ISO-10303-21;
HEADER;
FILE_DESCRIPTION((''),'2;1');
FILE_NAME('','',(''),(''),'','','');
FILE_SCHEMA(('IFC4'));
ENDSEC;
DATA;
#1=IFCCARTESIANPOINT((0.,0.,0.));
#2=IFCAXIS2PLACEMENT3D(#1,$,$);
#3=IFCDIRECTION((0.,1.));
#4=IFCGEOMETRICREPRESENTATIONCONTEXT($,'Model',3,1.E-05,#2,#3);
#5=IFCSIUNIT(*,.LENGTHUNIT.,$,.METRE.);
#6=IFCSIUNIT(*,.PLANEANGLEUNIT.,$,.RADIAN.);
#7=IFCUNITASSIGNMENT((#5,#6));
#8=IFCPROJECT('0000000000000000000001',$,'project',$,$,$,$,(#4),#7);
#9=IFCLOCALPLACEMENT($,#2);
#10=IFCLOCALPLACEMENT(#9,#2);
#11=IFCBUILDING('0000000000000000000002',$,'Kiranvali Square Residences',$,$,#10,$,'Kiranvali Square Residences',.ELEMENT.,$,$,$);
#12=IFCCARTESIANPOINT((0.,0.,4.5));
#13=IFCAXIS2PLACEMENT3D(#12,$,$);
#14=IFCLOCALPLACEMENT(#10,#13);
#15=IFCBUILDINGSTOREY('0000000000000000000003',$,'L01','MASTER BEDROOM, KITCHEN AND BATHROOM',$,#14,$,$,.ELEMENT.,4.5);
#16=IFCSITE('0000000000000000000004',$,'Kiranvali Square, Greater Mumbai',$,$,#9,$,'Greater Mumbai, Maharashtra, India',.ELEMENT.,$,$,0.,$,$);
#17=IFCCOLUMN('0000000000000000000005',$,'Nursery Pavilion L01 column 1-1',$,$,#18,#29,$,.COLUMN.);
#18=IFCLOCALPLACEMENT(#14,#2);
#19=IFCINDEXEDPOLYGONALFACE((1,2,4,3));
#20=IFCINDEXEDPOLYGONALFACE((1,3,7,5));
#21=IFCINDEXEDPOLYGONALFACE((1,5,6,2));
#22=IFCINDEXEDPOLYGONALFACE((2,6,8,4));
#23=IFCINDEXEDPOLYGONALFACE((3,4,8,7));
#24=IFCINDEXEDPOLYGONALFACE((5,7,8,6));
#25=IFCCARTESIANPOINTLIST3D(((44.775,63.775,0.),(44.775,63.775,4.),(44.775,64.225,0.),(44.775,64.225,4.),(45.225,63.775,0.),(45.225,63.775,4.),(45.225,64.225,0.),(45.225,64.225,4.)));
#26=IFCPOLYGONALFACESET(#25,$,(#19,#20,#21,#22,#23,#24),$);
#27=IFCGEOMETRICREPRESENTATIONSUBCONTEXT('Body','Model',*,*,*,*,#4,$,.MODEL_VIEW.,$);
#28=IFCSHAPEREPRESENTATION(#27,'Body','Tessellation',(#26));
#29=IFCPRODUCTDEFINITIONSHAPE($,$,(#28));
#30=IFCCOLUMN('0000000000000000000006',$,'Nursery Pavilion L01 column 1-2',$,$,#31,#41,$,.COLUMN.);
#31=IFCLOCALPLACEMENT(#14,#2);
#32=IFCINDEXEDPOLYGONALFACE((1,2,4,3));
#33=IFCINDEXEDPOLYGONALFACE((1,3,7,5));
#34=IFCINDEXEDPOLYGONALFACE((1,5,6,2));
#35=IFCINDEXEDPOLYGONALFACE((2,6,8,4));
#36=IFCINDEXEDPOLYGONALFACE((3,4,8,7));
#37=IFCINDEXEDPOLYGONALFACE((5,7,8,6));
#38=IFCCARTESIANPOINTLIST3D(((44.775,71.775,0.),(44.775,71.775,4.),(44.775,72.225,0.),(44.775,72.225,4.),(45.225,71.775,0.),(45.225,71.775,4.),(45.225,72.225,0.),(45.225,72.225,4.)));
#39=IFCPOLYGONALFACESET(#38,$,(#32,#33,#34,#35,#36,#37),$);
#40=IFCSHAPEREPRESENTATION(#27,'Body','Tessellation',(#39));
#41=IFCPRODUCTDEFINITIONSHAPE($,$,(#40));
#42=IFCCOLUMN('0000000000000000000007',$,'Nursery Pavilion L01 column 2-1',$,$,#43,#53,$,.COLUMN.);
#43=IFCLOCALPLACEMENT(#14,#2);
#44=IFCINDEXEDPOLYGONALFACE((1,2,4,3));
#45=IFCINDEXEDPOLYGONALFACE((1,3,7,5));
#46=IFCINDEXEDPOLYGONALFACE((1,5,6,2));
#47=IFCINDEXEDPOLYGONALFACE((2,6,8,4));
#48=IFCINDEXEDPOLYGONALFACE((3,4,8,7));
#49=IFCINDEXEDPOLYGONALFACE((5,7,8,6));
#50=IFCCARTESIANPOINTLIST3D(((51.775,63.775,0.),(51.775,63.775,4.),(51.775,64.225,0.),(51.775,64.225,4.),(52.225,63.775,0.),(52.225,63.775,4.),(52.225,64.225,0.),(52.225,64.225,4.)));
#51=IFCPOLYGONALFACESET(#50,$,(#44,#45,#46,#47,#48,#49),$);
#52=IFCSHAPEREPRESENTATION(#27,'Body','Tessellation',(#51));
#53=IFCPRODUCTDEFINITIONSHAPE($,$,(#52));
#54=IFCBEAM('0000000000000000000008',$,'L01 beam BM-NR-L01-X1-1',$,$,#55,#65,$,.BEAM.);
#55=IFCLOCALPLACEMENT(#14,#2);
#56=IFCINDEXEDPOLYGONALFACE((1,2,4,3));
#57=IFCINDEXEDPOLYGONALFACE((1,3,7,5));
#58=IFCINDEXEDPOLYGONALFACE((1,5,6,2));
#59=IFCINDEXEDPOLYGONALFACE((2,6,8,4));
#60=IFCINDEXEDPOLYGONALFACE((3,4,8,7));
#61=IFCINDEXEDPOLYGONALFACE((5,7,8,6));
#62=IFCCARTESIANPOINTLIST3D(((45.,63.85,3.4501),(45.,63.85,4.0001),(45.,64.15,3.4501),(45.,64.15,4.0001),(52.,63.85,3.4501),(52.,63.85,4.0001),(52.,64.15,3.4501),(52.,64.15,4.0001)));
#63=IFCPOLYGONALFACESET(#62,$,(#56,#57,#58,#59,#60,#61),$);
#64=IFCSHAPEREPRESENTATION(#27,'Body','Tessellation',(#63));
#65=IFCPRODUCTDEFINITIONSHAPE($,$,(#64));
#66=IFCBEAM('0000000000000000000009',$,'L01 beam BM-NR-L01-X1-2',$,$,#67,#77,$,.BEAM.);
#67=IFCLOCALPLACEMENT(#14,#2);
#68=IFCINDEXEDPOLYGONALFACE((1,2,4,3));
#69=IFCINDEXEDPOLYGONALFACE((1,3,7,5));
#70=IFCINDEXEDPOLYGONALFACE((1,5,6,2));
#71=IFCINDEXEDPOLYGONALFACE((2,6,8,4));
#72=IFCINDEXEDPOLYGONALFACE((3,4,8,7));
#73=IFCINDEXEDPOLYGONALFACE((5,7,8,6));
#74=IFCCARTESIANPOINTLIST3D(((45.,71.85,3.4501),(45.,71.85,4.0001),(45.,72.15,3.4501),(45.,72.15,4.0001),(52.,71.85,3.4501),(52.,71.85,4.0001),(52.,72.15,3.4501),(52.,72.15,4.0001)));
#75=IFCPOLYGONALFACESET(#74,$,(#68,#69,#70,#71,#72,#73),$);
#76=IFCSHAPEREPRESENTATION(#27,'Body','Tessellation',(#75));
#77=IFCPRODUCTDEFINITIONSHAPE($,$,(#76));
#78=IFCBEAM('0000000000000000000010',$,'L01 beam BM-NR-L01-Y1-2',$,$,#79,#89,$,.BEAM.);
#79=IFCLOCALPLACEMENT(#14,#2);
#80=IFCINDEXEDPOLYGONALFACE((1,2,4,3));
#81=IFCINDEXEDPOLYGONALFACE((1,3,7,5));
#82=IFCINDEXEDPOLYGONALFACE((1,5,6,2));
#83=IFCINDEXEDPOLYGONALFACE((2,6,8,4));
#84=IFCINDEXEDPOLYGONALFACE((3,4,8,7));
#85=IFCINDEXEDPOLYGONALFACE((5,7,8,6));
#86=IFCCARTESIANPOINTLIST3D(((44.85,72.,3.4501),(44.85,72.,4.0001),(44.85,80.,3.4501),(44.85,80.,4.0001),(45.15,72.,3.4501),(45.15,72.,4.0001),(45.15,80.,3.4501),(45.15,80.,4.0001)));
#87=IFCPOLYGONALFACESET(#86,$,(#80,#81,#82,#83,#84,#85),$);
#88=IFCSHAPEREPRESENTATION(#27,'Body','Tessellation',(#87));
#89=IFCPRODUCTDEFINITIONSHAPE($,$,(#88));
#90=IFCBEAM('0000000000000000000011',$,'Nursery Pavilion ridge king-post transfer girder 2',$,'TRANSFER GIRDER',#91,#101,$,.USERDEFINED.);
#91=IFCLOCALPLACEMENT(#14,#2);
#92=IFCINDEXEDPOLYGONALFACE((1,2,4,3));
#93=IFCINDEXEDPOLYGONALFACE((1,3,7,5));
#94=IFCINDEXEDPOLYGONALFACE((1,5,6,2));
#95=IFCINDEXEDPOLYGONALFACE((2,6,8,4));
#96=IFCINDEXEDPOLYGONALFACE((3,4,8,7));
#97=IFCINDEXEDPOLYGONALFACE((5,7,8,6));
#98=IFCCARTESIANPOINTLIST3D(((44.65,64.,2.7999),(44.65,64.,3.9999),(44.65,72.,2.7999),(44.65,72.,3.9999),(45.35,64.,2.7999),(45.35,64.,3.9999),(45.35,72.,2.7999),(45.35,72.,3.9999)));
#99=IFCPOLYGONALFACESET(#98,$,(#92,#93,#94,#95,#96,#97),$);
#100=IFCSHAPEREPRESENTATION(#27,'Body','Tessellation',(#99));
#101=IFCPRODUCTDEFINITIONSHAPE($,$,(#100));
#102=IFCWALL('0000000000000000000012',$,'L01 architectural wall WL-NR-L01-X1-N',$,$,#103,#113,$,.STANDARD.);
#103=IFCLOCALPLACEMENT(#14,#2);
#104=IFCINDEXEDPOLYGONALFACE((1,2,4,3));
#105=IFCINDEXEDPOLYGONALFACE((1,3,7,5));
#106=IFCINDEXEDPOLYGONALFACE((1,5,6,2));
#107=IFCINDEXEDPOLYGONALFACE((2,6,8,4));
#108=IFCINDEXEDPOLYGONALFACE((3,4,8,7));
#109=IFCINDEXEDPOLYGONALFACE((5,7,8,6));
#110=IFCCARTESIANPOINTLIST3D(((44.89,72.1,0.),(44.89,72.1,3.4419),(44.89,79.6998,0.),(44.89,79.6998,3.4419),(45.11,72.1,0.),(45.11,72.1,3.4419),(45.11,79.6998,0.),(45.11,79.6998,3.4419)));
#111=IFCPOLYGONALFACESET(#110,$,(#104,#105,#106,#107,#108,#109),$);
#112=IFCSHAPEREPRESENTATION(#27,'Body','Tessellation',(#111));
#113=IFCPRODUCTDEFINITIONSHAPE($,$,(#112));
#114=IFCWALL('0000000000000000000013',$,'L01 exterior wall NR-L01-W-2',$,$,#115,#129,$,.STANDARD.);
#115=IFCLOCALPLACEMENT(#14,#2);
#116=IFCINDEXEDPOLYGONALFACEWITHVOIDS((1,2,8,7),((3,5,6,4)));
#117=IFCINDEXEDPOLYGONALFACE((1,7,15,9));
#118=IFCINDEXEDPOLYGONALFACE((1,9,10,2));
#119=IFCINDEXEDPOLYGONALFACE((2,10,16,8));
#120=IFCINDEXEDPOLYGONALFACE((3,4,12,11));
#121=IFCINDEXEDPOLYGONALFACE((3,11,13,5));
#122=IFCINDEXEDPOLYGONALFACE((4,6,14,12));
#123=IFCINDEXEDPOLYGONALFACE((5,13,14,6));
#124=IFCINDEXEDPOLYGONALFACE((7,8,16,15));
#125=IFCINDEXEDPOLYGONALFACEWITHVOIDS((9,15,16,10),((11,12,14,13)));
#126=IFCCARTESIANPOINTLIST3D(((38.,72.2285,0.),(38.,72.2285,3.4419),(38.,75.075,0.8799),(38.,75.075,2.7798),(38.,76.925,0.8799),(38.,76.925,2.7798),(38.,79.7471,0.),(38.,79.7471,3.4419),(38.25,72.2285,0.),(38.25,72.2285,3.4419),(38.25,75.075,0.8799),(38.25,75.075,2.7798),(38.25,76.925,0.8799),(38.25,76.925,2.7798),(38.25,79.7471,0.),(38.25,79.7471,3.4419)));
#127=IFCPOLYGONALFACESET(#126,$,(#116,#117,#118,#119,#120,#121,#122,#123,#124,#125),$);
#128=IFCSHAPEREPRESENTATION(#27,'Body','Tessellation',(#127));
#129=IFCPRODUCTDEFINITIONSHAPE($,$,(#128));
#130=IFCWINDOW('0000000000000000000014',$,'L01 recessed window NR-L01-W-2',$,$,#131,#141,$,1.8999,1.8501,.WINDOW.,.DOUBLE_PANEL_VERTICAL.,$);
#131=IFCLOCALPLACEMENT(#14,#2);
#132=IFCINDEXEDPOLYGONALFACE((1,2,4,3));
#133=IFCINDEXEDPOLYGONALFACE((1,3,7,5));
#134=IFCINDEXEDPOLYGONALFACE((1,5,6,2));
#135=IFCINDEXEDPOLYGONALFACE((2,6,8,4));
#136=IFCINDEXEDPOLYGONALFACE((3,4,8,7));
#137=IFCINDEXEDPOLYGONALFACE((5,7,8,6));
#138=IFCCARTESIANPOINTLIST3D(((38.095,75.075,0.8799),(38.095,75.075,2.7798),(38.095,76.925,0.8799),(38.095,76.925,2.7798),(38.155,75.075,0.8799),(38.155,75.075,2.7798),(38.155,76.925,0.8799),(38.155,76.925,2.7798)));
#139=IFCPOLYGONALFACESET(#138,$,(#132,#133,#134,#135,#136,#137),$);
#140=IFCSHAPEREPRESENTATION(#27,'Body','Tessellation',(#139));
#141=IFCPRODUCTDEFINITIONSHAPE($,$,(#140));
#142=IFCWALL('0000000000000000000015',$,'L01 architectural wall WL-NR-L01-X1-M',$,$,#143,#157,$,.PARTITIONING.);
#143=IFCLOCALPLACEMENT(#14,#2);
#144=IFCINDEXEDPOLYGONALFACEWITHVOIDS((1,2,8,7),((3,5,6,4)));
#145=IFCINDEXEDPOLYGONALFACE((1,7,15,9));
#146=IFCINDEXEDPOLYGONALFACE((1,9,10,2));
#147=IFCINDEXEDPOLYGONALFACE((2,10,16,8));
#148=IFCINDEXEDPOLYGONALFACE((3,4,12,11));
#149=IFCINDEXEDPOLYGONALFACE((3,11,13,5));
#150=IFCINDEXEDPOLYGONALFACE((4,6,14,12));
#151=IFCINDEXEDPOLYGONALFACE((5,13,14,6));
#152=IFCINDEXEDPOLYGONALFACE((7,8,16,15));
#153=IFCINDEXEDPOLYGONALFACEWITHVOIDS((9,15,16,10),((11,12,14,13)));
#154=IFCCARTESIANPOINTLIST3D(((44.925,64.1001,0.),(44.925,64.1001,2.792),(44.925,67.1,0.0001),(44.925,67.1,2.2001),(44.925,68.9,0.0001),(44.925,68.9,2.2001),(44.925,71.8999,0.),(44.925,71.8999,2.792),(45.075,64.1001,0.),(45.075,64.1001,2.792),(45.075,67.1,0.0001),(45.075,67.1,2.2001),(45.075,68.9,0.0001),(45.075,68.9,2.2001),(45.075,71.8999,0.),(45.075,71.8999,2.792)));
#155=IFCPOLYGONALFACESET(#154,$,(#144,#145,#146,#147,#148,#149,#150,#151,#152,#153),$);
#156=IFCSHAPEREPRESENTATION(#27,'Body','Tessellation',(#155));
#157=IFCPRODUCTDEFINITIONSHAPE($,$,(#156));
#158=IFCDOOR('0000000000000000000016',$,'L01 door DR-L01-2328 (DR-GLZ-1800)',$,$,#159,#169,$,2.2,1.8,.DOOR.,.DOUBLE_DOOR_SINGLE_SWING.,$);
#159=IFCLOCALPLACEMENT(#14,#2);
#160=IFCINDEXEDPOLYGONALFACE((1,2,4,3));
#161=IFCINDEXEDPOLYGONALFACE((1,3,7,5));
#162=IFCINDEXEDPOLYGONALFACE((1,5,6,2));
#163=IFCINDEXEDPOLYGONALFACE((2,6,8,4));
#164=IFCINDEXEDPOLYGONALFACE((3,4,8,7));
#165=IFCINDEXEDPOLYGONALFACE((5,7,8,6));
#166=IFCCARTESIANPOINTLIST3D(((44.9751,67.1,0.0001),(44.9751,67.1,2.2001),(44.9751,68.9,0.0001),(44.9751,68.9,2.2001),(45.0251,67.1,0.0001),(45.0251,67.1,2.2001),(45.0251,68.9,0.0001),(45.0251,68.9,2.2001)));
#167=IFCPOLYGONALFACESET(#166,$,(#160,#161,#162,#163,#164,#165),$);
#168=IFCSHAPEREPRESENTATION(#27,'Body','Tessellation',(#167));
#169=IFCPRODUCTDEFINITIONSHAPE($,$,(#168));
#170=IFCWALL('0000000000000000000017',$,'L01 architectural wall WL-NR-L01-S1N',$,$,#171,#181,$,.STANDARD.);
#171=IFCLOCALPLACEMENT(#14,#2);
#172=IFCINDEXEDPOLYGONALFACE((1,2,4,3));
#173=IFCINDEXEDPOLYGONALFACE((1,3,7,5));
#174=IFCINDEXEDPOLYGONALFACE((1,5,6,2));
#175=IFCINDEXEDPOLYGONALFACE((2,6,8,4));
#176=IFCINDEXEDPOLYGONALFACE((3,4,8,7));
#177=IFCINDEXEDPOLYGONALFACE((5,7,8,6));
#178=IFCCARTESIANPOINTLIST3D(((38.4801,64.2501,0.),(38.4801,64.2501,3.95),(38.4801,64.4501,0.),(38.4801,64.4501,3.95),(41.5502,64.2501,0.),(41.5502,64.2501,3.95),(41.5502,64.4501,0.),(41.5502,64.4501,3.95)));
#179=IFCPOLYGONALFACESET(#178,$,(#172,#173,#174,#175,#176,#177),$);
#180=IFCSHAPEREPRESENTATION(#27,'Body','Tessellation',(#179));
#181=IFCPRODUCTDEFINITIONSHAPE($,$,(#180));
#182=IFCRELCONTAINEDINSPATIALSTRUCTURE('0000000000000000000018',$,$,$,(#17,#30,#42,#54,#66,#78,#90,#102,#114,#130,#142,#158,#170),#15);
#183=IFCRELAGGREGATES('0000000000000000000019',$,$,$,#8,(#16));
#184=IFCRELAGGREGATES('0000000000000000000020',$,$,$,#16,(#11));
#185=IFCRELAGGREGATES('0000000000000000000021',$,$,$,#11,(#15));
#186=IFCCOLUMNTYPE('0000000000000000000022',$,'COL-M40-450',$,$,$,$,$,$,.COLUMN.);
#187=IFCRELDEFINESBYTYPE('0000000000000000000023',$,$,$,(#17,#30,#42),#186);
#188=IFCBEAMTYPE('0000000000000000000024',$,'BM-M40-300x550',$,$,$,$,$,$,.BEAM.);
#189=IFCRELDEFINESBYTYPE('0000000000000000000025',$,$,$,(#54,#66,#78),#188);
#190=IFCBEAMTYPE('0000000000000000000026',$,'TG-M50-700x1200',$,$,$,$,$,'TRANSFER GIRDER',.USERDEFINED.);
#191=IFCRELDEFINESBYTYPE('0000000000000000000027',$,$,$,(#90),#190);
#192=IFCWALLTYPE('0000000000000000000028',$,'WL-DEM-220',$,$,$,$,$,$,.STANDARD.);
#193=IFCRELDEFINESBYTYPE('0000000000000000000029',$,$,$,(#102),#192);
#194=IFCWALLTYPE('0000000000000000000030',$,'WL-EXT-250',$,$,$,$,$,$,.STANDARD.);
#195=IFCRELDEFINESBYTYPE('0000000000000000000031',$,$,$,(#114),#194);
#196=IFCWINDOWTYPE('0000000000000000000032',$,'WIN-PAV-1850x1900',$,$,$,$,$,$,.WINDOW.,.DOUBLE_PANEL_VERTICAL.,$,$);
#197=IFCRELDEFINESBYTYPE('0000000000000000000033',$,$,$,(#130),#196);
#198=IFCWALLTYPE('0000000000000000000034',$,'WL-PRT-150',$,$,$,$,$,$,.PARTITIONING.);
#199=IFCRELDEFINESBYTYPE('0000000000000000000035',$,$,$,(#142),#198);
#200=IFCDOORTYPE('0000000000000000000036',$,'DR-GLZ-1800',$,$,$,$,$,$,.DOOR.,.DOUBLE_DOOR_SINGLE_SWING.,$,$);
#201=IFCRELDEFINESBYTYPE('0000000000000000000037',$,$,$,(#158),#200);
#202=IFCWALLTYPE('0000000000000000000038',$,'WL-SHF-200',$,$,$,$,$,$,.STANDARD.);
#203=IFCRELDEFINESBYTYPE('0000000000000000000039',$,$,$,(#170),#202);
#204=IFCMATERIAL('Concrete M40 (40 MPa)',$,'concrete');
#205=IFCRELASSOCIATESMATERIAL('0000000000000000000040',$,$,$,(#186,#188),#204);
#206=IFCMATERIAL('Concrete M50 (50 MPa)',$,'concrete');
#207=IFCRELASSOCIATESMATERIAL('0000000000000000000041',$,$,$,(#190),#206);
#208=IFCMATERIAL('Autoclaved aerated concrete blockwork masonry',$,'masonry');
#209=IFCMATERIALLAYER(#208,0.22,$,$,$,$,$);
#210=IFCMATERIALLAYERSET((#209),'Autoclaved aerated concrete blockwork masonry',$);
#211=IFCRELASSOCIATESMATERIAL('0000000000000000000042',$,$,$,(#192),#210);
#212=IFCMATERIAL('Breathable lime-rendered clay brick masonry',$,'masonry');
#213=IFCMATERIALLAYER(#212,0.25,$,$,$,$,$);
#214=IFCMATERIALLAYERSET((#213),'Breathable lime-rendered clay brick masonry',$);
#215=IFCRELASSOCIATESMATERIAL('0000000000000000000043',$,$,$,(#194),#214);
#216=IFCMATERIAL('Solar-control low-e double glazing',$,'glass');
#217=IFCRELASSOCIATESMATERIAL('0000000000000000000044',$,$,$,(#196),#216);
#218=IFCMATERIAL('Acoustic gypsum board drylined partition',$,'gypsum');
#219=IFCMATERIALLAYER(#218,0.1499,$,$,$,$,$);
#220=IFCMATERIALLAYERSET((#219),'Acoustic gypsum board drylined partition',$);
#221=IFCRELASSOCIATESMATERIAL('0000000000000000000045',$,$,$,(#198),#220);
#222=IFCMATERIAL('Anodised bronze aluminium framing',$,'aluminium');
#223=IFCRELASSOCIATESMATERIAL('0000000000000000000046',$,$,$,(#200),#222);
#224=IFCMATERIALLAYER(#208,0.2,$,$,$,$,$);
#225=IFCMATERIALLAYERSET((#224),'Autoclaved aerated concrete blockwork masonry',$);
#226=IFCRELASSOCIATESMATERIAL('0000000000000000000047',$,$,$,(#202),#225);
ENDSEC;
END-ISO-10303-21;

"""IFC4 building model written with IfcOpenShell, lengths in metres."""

from ifc_helpers import new_model, si_unit, direction, frame, frame_2d, origin, origin_2d, place, context, subcontext, project, spatial, rectangle, extrude, material, layer, layer_set, material_profile, profile_set, type_object, element, fill, save


model = new_model("IFC4")

# Units and contexts
model_context = context("Model", 3, precision=1e-05, world=origin(), true_north=direction((0.0, 1.0)))
body_context = subcontext(model_context, "Body", "Model", "MODEL_VIEW")
ifc_project = project(units=[si_unit("LENGTHUNIT", "METRE"), si_unit("PLANEANGLEUNIT", "RADIAN")], contexts=[model_context])

# Site, building, storey
site_placement = place(None, origin())
site = spatial("IfcSite", under=ifc_project, at=site_placement, Name="Kiranvali Square, Greater Mumbai", LongName="Greater Mumbai, Maharashtra, India", CompositionType="ELEMENT", RefElevation=0.0)
building_placement = place(site_placement, origin())
building = spatial("IfcBuilding", under=site, at=building_placement, Name="Kiranvali Square Residences", LongName="Kiranvali Square Residences", CompositionType="ELEMENT")
storey_placement = place(building_placement, frame((0.0, 0.0, 4.5)))
storey = spatial("IfcBuildingStorey", under=building, at=storey_placement, Name="L01", Description="MASTER BEDROOM, KITCHEN AND BATHROOM", CompositionType="ELEMENT", Elevation=4.5)

# Columns
ifc_material_1 = material(Name="Concrete M40 (40 MPa)", Category="concrete")
ifc_material_profile_1 = material_profile(ifc_material_1, rectangle(XDim=0.45, YDim=0.45, at=origin_2d()), Name="RC 450x450")
ifc_profile_set_1 = profile_set([ifc_material_profile_1], Name="Concrete M40 (40 MPa)")
column_type = type_object("IfcColumnType", Name="COL-M40-450", PredefinedType="COLUMN", material=ifc_profile_set_1)
for number, where, z_axis, x_axis, name in (
    (1, (45.0, 64.0, 0.0), (0.0, 0.0, 1.0), (1.0, 0.0, 0.0), "Nursery Pavilion L01 column 1-1"),
    (2, (45.0, 72.0, 0.0), (0.0, 0.0, 1.0), (1.0, 0.0, 0.0), "Nursery Pavilion L01 column 1-2"),
    (3, (52.0, 64.0, 0.0), (0.0, 0.0, 1.0), (1.0, 0.0, 0.0), "Nursery Pavilion L01 column 2-1"),
):
    element("IfcColumn", number, at=place(storey_placement, frame(where, z_axis=z_axis, x_axis=x_axis)), inside=storey, type_object=column_type, Name=name, PredefinedType="COLUMN", context=body_context, shape_type="SweptSolid", body=[
        extrude(rectangle(XDim=0.45, YDim=0.45, at=origin_2d()), origin(), (0.0, 0.0, 1.0), 4.0),
    ])

# Beams
ifc_material_profile_2 = material_profile(ifc_material_1, rectangle(XDim=0.3, YDim=0.55, at=origin_2d()), Name="RC 300x550")
ifc_profile_set_2 = profile_set([ifc_material_profile_2], Name="Concrete M40 (40 MPa)")
beam_type_1 = type_object("IfcBeamType", Name="BM-M40-300x550", PredefinedType="BEAM", material=ifc_profile_set_2)
for number, where, z_axis, x_axis, name in (
    (4, (45.0, 64.0, 3.7251), (1.0, 0.0, 0.0), (0.0, 1.0, 0.0), "L01 beam BM-NR-L01-X1-1"),
    (5, (45.0, 72.0, 3.7251), (1.0, 0.0, 0.0), (0.0, 1.0, 0.0), "L01 beam BM-NR-L01-X1-2"),
):
    element("IfcBeam", number, at=place(storey_placement, frame(where, z_axis=z_axis, x_axis=x_axis)), inside=storey, type_object=beam_type_1, Name=name, PredefinedType="BEAM", context=body_context, shape_type="SweptSolid", body=[
        extrude(rectangle(XDim=0.3, YDim=0.55, at=origin_2d()), origin(), (0.0, 0.0, 1.0), 7.0),
    ])
beam_1_placement = place(storey_placement, frame((45.0, 72.0, 3.7251), z_axis=(0.0, 1.0, 0.0), x_axis=(-1.0, 0.0, 0.0)))
element("IfcBeam", 6, at=beam_1_placement, inside=storey, type_object=beam_type_1, Name="L01 beam BM-NR-L01-Y1-2", PredefinedType="BEAM", context=body_context, shape_type="SweptSolid", body=[
    extrude(rectangle(XDim=0.3, YDim=0.55, at=origin_2d()), origin(), (0.0, 0.0, 1.0), 8.0),
])
ifc_material_2 = material(Name="Concrete M50 (50 MPa)", Category="concrete")
ifc_material_profile_3 = material_profile(ifc_material_2, rectangle(XDim=0.7, YDim=1.2, at=origin_2d()), Name="RC 700x1200")
ifc_profile_set_3 = profile_set([ifc_material_profile_3], Name="Concrete M50 (50 MPa)")
beam_type_2 = type_object("IfcBeamType", Name="TG-M50-700x1200", ElementType="TRANSFER GIRDER", PredefinedType="USERDEFINED", material=ifc_profile_set_3)
beam_2_placement = place(storey_placement, frame((45.0, 64.0, 3.3999), z_axis=(0.0, 1.0, 0.0), x_axis=(-1.0, 0.0, 0.0)))
element("IfcBeam", 7, at=beam_2_placement, inside=storey, type_object=beam_type_2, Name="Nursery Pavilion ridge king-post transfer girder 2", ObjectType="TRANSFER GIRDER", PredefinedType="USERDEFINED", context=body_context, shape_type="SweptSolid", body=[
    extrude(rectangle(XDim=0.7, YDim=1.2, at=origin_2d()), origin(), (0.0, 0.0, 1.0), 8.0),
])

# Shared definitions
ifc_material_3 = material(Name="Autoclaved aerated concrete blockwork masonry", Category="masonry")

# Wall
ifc_layer_1 = layer(ifc_material_3, 0.22)
ifc_layer_set_1 = layer_set([ifc_layer_1], Name="Autoclaved aerated concrete blockwork masonry")
wall_type_1 = type_object("IfcWallType", Name="WL-DEM-220", PredefinedType="STANDARD", material=ifc_layer_set_1)
wall_1_placement = place(storey_placement, frame((45.0, 72.1001, 0.0), z_axis=(0.0, 0.0, 1.0), x_axis=(0.0, 1.0, 0.0)))
element("IfcWall", 8, at=wall_1_placement, inside=storey, type_object=wall_type_1, Name="L01 architectural wall WL-NR-L01-X1-N", PredefinedType="STANDARD", context=body_context, shape_type="SweptSolid", body=[
    extrude(rectangle(XDim=7.5999, YDim=0.22, at=frame_2d((3.7998, 0.0))), origin(), (0.0, 0.0, 1.0), 3.4419),
])

# Wall, opening, window
ifc_material_4 = material(Name="Breathable lime-rendered clay brick masonry", Category="masonry")
ifc_layer_2 = layer(ifc_material_4, 0.25)
ifc_layer_set_2 = layer_set([ifc_layer_2], Name="Breathable lime-rendered clay brick masonry")
wall_type_2 = type_object("IfcWallType", Name="WL-EXT-250", PredefinedType="STANDARD", material=ifc_layer_set_2)
wall_2_placement = place(storey_placement, frame((38.125, 72.2285, 0.0), z_axis=(0.0, 0.0, 1.0), x_axis=(0.0, 1.0, 0.0)))
wall_2 = element("IfcWall", 9, at=wall_2_placement, inside=storey, type_object=wall_type_2, Name="L01 exterior wall NR-L01-W-2", PredefinedType="STANDARD", context=body_context, shape_type="SweptSolid", body=[
    extrude(rectangle(XDim=7.5186, YDim=0.25, at=frame_2d((3.7593, 0.0))), origin(), (0.0, 0.0, 1.0), 3.4419),
])
opening_1_placement = place(wall_2_placement, frame((2.8464, 0.0, 0.8799)))
opening_1 = element("IfcOpeningElement", 10, at=opening_1_placement, cuts=wall_2, PredefinedType="OPENING", context=body_context, shape_type="SweptSolid", body=[
    extrude(rectangle(XDim=1.8501, YDim=1.8999, at=frame_2d((0.925, 0.95))), frame((0.0, 0.135, 0.0), z_axis=(0.0, -1.0, 0.0), x_axis=(1.0, 0.0, 0.0)), (0.0, 0.0, 1.0), 0.27),
])
ifc_material_5 = material(Name="Solar-control low-e double glazing", Category="glass")
window_type = type_object("IfcWindowType", Name="WIN-PAV-1850x1900", PartitioningType="DOUBLE_PANEL_VERTICAL", PredefinedType="WINDOW", material=ifc_material_5)
window_placement = place(opening_1_placement, origin())
window = element("IfcWindow", 11, at=window_placement, inside=storey, type_object=window_type, Name="L01 recessed window NR-L01-W-2", OverallHeight=1.8999, OverallWidth=1.8501, PartitioningType="DOUBLE_PANEL_VERTICAL", PredefinedType="WINDOW", context=body_context, shape_type="SweptSolid", body=[
    extrude(rectangle(XDim=1.8501, YDim=1.8999, at=frame_2d((0.925, 0.95))), frame((0.0, 0.03, 0.0), z_axis=(0.0, -1.0, 0.0), x_axis=(1.0, 0.0, 0.0)), (0.0, 0.0, 1.0), 0.0601),
])
fill(opening_1, window)

# Wall, opening, door
ifc_material_6 = material(Name="Acoustic gypsum board drylined partition", Category="gypsum")
ifc_layer_3 = layer(ifc_material_6, 0.1499)
ifc_layer_set_3 = layer_set([ifc_layer_3], Name="Acoustic gypsum board drylined partition")
wall_type_3 = type_object("IfcWallType", Name="WL-PRT-150", PredefinedType="PARTITIONING", material=ifc_layer_set_3)
wall_3_placement = place(storey_placement, frame((45.0, 64.1001, 0.0), z_axis=(0.0, 0.0, 1.0), x_axis=(0.0, 1.0, 0.0)))
wall_3 = element("IfcWall", 12, at=wall_3_placement, inside=storey, type_object=wall_type_3, Name="L01 architectural wall WL-NR-L01-X1-M", PredefinedType="PARTITIONING", context=body_context, shape_type="SweptSolid", body=[
    extrude(rectangle(XDim=7.7998, YDim=0.1499, at=frame_2d((3.8999, 0.0))), origin(), (0.0, 0.0, 1.0), 2.792),
])
opening_2_placement = place(wall_3_placement, frame((3.0, 0.0, 0.0)))
opening_2 = element("IfcOpeningElement", 13, at=opening_2_placement, cuts=wall_3, PredefinedType="OPENING", context=body_context, shape_type="SweptSolid", body=[
    extrude(rectangle(XDim=1.8, YDim=2.2, at=frame_2d((0.8999, 1.1001))), frame((0.0, 0.085, 0.0), z_axis=(0.0, -1.0, 0.0), x_axis=(1.0, 0.0, 0.0)), (0.0, 0.0, 1.0), 0.1699),
])
ifc_material_7 = material(Name="Anodised bronze aluminium framing", Category="aluminium")
door_type_1 = type_object("IfcDoorType", Name="DR-GLZ-1800", OperationType="DOUBLE_DOOR_SINGLE_SWING", PredefinedType="DOOR", material=ifc_material_7)
door_1_placement = place(opening_2_placement, origin())
door_1 = element("IfcDoor", 14, at=door_1_placement, inside=storey, type_object=door_type_1, Name="L01 door DR-L01-2328 (DR-GLZ-1800)", OperationType="DOUBLE_DOOR_SINGLE_SWING", OverallHeight=2.2, OverallWidth=1.8, PredefinedType="DOOR", context=body_context, shape_type="SweptSolid", body=[
    extrude(rectangle(XDim=1.8, YDim=2.2, at=frame_2d((0.8999, 1.1001))), frame((0.0, 0.0249, 0.0), z_axis=(0.0, -1.0, 0.0), x_axis=(1.0, 0.0, 0.0)), (0.0, 0.0, 1.0), 0.05),
])
fill(opening_2, door_1)

# Wall
ifc_layer_4 = layer(ifc_material_3, 0.2)
ifc_layer_set_4 = layer_set([ifc_layer_4], Name="Autoclaved aerated concrete blockwork masonry")
wall_type_4 = type_object("IfcWallType", Name="WL-SHF-200", PredefinedType="STANDARD", material=ifc_layer_set_4)
wall_4_placement = place(storey_placement, frame((38.48, 64.3501, 0.0), z_axis=(0.0, 0.0, 1.0), x_axis=(1.0, 0.0, 0.0)))
element("IfcWall", 15, at=wall_4_placement, inside=storey, type_object=wall_type_4, Name="L01 architectural wall WL-NR-L01-S1N", PredefinedType="STANDARD", context=body_context, shape_type="SweptSolid", body=[
    extrude(rectangle(XDim=3.0701, YDim=0.2, at=frame_2d((1.5352, 0.0))), origin(), (0.0, 0.0, 1.0), 3.95),
])

save(model, "model.ifc")
